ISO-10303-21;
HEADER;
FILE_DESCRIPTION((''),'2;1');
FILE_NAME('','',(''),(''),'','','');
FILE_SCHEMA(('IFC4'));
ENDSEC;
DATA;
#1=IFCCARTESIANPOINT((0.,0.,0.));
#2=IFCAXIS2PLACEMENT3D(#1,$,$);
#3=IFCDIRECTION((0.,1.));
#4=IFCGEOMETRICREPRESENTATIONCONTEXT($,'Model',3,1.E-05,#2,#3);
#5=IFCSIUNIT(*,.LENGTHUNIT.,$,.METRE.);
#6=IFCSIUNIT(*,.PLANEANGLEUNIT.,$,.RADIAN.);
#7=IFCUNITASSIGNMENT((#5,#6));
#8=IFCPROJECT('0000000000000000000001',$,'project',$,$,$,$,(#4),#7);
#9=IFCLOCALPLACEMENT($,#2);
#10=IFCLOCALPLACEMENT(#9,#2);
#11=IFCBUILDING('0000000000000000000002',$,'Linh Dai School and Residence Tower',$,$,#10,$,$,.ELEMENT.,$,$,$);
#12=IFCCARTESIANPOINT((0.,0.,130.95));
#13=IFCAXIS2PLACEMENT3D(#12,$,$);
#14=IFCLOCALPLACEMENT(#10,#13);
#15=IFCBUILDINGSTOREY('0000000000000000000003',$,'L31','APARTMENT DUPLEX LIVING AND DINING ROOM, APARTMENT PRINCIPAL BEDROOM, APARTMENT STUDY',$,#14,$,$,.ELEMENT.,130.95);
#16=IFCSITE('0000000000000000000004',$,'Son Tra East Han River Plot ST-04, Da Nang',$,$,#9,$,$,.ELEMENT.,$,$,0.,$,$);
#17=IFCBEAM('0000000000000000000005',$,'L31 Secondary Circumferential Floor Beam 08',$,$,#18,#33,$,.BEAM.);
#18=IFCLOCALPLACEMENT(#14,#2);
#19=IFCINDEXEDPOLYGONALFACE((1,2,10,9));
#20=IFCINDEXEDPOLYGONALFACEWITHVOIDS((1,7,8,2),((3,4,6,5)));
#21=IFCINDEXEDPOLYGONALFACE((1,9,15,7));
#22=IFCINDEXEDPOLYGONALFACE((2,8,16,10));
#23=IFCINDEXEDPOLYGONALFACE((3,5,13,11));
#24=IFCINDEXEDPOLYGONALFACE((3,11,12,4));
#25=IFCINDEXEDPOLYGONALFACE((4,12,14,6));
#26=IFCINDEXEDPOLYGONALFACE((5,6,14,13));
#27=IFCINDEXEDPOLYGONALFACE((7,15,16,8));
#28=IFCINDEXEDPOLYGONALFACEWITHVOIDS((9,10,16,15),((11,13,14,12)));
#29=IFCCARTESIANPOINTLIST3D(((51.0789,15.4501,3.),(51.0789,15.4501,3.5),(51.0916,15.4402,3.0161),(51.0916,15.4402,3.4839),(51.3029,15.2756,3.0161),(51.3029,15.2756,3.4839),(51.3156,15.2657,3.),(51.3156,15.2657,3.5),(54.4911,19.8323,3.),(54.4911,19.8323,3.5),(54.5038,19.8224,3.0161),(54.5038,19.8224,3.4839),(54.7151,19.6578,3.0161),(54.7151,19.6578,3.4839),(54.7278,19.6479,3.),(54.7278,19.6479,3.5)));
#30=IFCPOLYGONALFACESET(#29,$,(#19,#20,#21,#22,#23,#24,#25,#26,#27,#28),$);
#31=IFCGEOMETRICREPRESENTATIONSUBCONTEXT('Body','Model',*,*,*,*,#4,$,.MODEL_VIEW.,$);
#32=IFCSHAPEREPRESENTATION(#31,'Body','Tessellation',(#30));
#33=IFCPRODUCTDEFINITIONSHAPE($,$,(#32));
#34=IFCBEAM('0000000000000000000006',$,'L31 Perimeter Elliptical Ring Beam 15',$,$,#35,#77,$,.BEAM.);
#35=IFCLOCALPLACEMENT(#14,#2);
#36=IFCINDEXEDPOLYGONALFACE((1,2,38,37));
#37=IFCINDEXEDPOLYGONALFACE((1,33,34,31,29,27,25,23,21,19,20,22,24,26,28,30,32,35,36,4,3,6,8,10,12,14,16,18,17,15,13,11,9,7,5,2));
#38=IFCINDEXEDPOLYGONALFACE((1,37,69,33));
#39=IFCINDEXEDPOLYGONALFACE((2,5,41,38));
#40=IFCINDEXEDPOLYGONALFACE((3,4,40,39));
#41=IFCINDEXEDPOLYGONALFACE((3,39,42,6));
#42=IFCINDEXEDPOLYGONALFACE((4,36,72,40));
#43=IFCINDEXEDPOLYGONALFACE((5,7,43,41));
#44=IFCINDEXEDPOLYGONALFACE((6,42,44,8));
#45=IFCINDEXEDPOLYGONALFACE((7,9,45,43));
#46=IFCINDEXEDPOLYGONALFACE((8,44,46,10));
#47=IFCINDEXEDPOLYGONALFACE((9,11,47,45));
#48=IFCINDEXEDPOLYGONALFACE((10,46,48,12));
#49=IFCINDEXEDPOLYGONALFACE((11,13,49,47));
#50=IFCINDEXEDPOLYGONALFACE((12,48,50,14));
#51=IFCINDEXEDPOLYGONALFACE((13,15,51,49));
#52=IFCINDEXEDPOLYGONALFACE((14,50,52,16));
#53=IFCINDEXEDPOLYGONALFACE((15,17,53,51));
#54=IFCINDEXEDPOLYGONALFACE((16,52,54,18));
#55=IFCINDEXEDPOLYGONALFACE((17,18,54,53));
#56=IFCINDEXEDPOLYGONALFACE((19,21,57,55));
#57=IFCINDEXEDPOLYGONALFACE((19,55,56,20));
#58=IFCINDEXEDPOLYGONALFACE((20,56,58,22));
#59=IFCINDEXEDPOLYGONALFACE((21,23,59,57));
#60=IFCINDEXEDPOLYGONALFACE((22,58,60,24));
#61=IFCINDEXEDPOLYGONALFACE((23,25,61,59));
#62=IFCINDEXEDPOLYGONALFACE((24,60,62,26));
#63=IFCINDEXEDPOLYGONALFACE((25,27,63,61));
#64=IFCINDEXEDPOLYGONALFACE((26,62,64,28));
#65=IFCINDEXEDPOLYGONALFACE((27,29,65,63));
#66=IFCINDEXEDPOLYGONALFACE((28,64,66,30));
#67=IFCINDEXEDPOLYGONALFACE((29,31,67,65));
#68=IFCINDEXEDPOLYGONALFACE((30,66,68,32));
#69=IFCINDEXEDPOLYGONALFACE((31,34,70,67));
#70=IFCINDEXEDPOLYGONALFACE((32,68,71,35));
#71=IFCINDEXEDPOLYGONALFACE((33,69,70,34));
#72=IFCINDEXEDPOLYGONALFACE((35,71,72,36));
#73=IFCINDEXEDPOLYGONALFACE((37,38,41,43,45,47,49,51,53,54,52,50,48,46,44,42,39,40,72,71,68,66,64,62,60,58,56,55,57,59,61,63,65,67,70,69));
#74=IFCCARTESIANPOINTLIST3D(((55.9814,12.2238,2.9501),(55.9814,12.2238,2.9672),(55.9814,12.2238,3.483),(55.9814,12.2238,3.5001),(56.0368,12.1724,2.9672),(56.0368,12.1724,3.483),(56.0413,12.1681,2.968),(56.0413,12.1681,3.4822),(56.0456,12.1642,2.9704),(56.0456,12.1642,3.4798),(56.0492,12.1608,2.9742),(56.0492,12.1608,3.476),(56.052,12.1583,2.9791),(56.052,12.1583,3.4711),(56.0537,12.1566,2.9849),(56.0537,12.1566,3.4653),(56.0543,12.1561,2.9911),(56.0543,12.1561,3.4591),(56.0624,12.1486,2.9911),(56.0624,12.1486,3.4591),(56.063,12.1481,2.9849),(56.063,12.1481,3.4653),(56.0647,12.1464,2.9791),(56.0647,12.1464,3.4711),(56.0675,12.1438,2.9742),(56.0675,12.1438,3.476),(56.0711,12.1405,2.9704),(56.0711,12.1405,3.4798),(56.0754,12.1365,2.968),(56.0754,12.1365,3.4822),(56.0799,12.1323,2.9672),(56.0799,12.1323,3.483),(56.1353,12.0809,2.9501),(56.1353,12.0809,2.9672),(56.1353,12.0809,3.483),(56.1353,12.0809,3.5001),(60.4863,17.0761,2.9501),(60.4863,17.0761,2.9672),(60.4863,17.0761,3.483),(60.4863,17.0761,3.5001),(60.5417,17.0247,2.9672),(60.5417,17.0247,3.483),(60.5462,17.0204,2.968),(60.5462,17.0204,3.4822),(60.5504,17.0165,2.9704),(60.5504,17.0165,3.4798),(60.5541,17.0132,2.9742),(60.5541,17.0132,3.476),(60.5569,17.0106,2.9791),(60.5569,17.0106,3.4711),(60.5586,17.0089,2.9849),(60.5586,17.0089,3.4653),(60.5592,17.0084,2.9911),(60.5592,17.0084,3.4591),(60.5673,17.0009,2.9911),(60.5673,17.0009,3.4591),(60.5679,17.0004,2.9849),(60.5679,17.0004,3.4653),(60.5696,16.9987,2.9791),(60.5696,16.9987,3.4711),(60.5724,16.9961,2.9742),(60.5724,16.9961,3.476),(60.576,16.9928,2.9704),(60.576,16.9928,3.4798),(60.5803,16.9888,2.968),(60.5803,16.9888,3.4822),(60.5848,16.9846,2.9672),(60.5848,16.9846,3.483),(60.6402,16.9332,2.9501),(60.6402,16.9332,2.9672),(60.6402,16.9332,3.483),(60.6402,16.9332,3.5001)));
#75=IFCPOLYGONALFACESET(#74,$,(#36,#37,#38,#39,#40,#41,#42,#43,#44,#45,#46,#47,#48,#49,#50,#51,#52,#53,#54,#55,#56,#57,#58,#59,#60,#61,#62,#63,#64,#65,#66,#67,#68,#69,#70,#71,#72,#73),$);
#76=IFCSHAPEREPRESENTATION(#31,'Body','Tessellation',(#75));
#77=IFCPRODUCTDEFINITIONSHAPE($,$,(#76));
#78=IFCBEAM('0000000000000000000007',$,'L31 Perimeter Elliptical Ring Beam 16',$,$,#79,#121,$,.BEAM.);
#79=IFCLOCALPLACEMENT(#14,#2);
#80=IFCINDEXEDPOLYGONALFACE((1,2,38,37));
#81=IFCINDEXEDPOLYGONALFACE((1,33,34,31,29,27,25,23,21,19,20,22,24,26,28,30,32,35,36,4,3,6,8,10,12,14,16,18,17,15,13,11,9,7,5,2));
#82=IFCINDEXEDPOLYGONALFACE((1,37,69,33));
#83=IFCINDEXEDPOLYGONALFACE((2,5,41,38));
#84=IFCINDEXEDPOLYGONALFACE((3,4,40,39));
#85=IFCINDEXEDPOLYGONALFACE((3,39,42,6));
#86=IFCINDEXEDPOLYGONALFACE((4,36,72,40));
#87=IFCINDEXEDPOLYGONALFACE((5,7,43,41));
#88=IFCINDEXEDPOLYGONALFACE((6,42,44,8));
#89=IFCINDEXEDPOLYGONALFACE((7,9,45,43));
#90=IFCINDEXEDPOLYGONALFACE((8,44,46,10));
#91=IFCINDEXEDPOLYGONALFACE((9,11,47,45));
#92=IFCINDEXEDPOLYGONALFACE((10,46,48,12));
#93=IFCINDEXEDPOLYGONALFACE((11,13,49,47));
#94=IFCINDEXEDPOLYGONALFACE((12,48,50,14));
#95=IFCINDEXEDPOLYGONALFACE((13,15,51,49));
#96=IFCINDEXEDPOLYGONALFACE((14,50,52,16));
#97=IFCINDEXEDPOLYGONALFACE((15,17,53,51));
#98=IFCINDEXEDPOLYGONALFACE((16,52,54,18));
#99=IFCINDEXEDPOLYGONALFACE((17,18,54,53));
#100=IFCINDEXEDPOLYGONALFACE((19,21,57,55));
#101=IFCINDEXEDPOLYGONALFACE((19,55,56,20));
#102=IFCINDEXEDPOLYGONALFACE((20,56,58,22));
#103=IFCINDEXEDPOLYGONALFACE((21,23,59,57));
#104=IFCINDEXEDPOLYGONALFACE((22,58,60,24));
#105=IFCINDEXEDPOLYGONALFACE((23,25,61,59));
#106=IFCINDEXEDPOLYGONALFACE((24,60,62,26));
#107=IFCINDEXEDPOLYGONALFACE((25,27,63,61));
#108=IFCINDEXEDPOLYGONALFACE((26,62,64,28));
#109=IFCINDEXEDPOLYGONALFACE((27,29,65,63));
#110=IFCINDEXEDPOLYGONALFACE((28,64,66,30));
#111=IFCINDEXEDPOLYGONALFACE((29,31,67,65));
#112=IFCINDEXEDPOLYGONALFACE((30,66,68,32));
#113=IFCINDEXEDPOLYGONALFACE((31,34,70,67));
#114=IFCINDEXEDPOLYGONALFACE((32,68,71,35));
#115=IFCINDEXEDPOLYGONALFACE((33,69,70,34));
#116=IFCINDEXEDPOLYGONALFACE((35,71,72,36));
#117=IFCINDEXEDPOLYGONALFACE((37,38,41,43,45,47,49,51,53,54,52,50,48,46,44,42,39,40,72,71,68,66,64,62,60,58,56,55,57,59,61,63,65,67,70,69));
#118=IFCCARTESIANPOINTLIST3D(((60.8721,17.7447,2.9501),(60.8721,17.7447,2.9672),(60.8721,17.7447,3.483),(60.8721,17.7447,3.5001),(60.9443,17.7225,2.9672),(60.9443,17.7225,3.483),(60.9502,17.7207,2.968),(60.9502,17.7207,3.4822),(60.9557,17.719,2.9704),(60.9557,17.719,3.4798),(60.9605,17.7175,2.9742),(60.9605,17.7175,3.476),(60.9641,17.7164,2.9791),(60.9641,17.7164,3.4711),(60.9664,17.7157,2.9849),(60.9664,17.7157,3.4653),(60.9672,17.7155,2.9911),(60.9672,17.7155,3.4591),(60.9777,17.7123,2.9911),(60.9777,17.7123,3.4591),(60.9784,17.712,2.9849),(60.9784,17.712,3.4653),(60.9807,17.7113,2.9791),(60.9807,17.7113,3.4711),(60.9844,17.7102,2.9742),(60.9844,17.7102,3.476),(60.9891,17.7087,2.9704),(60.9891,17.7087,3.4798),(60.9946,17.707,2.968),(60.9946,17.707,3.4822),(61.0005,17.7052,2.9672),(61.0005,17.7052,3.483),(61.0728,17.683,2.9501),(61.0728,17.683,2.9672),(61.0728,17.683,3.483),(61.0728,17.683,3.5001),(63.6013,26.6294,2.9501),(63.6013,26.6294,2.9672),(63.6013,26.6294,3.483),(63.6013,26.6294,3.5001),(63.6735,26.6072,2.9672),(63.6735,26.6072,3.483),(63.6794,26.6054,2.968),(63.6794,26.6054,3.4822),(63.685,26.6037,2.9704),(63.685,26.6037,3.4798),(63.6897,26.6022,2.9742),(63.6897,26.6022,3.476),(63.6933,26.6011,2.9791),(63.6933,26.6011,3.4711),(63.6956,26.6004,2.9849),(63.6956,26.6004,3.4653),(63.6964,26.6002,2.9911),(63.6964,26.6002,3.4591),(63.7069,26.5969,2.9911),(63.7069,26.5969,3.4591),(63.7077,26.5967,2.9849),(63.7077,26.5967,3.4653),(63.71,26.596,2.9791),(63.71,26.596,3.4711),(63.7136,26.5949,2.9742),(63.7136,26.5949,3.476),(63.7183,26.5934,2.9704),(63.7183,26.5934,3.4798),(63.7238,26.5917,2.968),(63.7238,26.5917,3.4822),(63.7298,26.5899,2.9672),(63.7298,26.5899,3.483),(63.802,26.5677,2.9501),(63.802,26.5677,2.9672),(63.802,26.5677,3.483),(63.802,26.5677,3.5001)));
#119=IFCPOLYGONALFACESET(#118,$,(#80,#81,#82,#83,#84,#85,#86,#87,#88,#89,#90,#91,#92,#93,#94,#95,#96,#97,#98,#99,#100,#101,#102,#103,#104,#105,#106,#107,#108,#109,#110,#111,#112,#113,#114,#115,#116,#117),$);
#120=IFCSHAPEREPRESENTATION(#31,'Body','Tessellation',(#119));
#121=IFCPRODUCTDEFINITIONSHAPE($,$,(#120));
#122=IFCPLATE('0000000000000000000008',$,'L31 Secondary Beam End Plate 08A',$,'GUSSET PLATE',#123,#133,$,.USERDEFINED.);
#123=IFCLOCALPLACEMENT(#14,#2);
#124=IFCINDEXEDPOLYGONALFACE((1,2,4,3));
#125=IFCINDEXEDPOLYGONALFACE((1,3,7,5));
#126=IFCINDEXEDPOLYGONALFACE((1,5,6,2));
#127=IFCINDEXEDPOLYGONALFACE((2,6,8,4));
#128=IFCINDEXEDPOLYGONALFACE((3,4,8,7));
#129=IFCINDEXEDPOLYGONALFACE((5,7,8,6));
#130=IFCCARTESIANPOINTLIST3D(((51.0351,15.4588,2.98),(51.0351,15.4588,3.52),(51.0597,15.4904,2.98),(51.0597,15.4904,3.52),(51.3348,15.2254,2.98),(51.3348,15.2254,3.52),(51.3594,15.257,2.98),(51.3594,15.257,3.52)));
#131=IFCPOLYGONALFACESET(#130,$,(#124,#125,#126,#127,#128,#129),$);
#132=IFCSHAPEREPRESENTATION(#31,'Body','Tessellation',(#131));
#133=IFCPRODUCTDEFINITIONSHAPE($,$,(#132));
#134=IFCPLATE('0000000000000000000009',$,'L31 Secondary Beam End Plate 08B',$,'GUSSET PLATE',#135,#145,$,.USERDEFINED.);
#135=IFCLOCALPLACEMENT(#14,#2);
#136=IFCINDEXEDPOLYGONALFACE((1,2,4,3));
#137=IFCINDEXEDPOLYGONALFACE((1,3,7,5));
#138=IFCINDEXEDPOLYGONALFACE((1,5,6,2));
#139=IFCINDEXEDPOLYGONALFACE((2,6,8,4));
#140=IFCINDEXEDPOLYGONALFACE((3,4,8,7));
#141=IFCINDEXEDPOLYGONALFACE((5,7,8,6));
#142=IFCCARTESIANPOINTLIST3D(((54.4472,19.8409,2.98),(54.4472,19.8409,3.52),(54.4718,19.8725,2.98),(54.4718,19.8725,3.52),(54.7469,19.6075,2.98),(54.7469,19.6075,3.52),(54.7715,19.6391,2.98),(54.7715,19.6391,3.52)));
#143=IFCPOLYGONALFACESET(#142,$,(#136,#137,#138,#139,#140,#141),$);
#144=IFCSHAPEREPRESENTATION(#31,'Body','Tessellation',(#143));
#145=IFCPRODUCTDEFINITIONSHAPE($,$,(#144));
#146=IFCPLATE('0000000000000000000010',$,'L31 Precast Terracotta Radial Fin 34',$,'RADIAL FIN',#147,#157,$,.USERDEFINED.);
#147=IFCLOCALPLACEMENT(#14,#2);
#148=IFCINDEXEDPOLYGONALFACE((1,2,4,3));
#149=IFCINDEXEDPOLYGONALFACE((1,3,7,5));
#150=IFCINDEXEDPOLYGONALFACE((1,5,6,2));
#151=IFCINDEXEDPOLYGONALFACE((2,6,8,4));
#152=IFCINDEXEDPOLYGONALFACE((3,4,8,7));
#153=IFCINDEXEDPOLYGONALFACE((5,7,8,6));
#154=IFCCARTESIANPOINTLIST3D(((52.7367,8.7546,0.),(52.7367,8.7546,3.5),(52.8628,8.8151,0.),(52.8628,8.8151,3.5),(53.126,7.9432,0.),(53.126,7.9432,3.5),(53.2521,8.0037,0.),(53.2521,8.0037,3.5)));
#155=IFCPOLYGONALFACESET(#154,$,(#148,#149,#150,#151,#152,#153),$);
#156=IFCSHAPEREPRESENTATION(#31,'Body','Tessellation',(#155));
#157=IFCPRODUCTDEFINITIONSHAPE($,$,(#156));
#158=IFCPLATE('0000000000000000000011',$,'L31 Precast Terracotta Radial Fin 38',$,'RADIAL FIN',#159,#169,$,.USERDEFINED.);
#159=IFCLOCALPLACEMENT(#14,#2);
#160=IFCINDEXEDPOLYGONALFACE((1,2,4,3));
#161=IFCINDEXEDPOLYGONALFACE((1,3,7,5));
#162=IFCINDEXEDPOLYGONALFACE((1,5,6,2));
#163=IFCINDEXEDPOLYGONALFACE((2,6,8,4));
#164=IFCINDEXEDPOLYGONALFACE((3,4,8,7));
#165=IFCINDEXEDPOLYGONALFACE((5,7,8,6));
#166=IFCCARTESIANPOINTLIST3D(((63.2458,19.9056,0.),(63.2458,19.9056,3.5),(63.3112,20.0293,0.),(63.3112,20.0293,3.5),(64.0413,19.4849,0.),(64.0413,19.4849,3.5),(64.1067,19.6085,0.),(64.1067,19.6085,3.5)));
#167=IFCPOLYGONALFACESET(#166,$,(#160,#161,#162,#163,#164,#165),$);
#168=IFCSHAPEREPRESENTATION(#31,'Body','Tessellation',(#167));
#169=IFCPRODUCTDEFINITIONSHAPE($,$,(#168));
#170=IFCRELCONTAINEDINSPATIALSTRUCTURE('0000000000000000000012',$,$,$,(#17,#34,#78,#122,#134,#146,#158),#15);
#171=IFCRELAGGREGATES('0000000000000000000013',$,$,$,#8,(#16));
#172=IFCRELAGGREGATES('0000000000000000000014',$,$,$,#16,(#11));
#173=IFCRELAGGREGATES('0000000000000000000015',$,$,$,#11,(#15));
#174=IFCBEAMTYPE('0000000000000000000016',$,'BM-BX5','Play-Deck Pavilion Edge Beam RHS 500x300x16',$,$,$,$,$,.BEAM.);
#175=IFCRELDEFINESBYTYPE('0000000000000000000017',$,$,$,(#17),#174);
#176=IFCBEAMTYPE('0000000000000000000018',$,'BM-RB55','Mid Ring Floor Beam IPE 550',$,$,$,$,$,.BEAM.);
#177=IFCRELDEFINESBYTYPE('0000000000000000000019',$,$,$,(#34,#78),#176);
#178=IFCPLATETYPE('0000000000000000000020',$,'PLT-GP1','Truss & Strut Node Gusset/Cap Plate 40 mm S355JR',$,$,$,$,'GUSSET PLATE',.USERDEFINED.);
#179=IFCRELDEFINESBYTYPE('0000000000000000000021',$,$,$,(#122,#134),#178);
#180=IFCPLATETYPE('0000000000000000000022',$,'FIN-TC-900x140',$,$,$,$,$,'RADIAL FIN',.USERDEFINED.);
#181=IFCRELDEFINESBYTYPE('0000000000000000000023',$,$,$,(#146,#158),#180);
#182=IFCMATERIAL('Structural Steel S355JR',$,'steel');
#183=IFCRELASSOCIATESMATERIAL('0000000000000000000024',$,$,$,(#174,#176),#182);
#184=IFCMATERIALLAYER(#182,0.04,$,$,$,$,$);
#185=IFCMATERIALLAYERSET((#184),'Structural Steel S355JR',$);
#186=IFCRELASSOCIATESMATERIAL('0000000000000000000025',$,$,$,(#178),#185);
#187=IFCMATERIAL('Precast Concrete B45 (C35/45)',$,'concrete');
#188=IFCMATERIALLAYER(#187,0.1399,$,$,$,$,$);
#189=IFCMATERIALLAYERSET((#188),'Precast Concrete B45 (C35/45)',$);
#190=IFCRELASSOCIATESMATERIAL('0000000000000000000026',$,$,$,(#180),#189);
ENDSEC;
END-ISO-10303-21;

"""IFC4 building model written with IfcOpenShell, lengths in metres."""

from ifc_helpers import new_model, si_unit, direction, frame, origin, origin_2d, place, context, subcontext, project, spatial, rectangle, hollow_rectangle, i_section, extrude, source, transform, mapped, material, layer, layer_set, material_profile, profile_set, type_object, element, save


model = new_model("IFC4")

# Units and contexts
model_context = context("Model", 3, precision=1e-05, world=origin(), true_north=direction((0.0, 1.0)))
body_context = subcontext(model_context, "Body", "Model", "MODEL_VIEW")
ifc_project = project(units=[si_unit("LENGTHUNIT", "METRE"), si_unit("PLANEANGLEUNIT", "RADIAN")], contexts=[model_context])

# Site, building, storey
site_placement = place(None, origin())
site = spatial("IfcSite", under=ifc_project, at=site_placement, Name="Son Tra East Han River Plot ST-04, Da Nang", CompositionType="ELEMENT", RefElevation=0.0)
building_placement = place(site_placement, origin())
building = spatial("IfcBuilding", under=site, at=building_placement, Name="Linh Dai School and Residence Tower", CompositionType="ELEMENT")
storey_placement = place(building_placement, frame((0.0, 0.0, 130.95)))
storey = spatial("IfcBuildingStorey", under=building, at=storey_placement, Name="L31", Description="APARTMENT DUPLEX LIVING AND DINING ROOM, APARTMENT PRINCIPAL BEDROOM, APARTMENT STUDY", CompositionType="ELEMENT", Elevation=130.95)

# Shared definitions
ifc_material_1 = material(Name="Structural Steel S355JR", Category="steel")

# Beams
ifc_material_profile_1 = material_profile(ifc_material_1, hollow_rectangle(XDim=0.3, YDim=0.5, WallThickness=0.0161, at=origin_2d()), Name="RHS 500x300x16")
ifc_profile_set_1 = profile_set([ifc_material_profile_1], Name="Structural Steel S355JR")
beam_type_1 = type_object("IfcBeamType", Name="BM-BX5", Description="Play-Deck Pavilion Edge Beam RHS 500x300x16", PredefinedType="BEAM", material=ifc_profile_set_1)
beam_1_placement = place(storey_placement, frame((51.1973, 15.3579, 3.25), z_axis=(0.61437, 0.789018, 0.0), x_axis=(-0.789018, 0.61437, 0.0)))
element("IfcBeam", 1, at=beam_1_placement, inside=storey, type_object=beam_type_1, Name="L31 Secondary Circumferential Floor Beam 08", PredefinedType="BEAM", context=body_context, shape_type="SweptSolid", body=[
    extrude(hollow_rectangle(XDim=0.3, YDim=0.5, WallThickness=0.0161, at=origin_2d()), origin(), (0.0, 0.0, 1.0), 5.554),
])
ifc_material_profile_2 = material_profile(ifc_material_1, i_section(OverallWidth=0.21, OverallDepth=0.55, WebThickness=0.011, FlangeThickness=0.0171, FilletRadius=0.0239, at=origin_2d()), Name="IPE 550")
ifc_profile_set_2 = profile_set([ifc_material_profile_2], Name="Structural Steel S355JR")
beam_type_2 = type_object("IfcBeamType", Name="BM-RB55", Description="Mid Ring Floor Beam IPE 550", PredefinedType="BEAM", material=ifc_profile_set_2)
beam_2_placement = place(storey_placement, frame((56.0583, 12.1523, 3.2251), z_axis=(0.680385, 0.732855, 0.0), x_axis=(-0.732855, 0.680385, 0.0)))
element("IfcBeam", 2, at=beam_2_placement, inside=storey, type_object=beam_type_2, Name="L31 Perimeter Elliptical Ring Beam 15", PredefinedType="BEAM", context=body_context, shape_type="SweptSolid", body=[
    extrude(i_section(OverallWidth=0.21, OverallDepth=0.55, WebThickness=0.011, FlangeThickness=0.0171, FilletRadius=0.0239, at=origin_2d()), origin(), (0.0, 0.0, 1.0), 6.6211),
])
beam_3_placement = place(storey_placement, frame((60.9724, 17.7139, 3.2251), z_axis=(0.293641, 0.955916, 0.0), x_axis=(-0.955916, 0.293641, 0.0)))
element("IfcBeam", 3, at=beam_3_placement, inside=storey, type_object=beam_type_2, Name="L31 Perimeter Elliptical Ring Beam 16", PredefinedType="BEAM", context=body_context, shape_type="SweptSolid", body=[
    extrude(i_section(OverallWidth=0.21, OverallDepth=0.55, WebThickness=0.011, FlangeThickness=0.0171, FilletRadius=0.0239, at=origin_2d()), origin(), (0.0, 0.0, 1.0), 9.2944),
])

# Plates
ifc_layer_1 = layer(ifc_material_1, 0.04)
ifc_layer_set_1 = layer_set([ifc_layer_1], Name="Structural Steel S355JR")
plate_type_1 = type_object("IfcPlateType", Name="PLT-GP1", Description="Truss & Strut Node Gusset/Cap Plate 40 mm S355JR", ElementType="GUSSET PLATE", PredefinedType="USERDEFINED", material=ifc_layer_set_1)
shared_shape_1 = source(origin(), body_context, "Body", "SweptSolid", [
    extrude(rectangle(XDim=0.04, YDim=0.3799, at=origin_2d()), origin(), (0.0, 0.0, 1.0), 0.54),
])
for number, where, z_axis, x_axis, name in (
    (4, (51.1973, 15.3579, 2.98), (0.0, 0.0, 1.0), (0.614363, 0.789024, 0.0), "L31 Secondary Beam End Plate 08A"),
    (5, (54.6094, 19.74, 2.98), (0.0, 0.0, 1.0), (0.614363, 0.789024, 0.0), "L31 Secondary Beam End Plate 08B"),
):
    element("IfcPlate", number, at=place(storey_placement, frame(where, z_axis=z_axis, x_axis=x_axis)), inside=storey, type_object=plate_type_1, Name=name, ObjectType="GUSSET PLATE", PredefinedType="USERDEFINED", context=body_context, shape_type="MappedRepresentation", body=[
        mapped(shared_shape_1, transform((0.0, 0.0, 0.0), x_axis=(1.0, 0.0, 0.0), y_axis=(0.0, 1.0, 0.0), z_axis=(0.0, 0.0, 1.0), scale=1.0)),
    ])
ifc_material_2 = material(Name="Precast Concrete B45 (C35/45)", Category="concrete")
ifc_layer_2 = layer(ifc_material_2, 0.1399)
ifc_layer_set_2 = layer_set([ifc_layer_2], Name="Precast Concrete B45 (C35/45)")
plate_type_2 = type_object("IfcPlateType", Name="FIN-TC-900x140", ElementType="RADIAL FIN", PredefinedType="USERDEFINED", material=ifc_layer_set_2)
shared_shape_2 = source(origin(), body_context, "Body", "SweptSolid", [
    extrude(rectangle(XDim=0.8999, YDim=0.1399, at=origin_2d()), origin(), (0.0, 0.0, 1.0), 3.5),
])
for number, where, z_axis, x_axis, name in (
    (6, (52.9944, 8.3792, 0.0), (0.0, 0.0, 1.0), (0.432618, -0.901578, 0.0), "L31 Precast Terracotta Radial Fin 34"),
    (7, (63.6763, 19.7571, 0.0), (0.0, 0.0, 1.0), (0.883942, -0.467596, 0.0), "L31 Precast Terracotta Radial Fin 38"),
):
    element("IfcPlate", number, at=place(storey_placement, frame(where, z_axis=z_axis, x_axis=x_axis)), inside=storey, type_object=plate_type_2, Name=name, ObjectType="RADIAL FIN", PredefinedType="USERDEFINED", context=body_context, shape_type="MappedRepresentation", body=[
        mapped(shared_shape_2, transform((0.0, 0.0, 0.0), x_axis=(1.0, 0.0, 0.0), y_axis=(0.0, 1.0, 0.0), z_axis=(0.0, 0.0, 1.0), scale=1.0)),
    ])

save(model, "model.ifc")
